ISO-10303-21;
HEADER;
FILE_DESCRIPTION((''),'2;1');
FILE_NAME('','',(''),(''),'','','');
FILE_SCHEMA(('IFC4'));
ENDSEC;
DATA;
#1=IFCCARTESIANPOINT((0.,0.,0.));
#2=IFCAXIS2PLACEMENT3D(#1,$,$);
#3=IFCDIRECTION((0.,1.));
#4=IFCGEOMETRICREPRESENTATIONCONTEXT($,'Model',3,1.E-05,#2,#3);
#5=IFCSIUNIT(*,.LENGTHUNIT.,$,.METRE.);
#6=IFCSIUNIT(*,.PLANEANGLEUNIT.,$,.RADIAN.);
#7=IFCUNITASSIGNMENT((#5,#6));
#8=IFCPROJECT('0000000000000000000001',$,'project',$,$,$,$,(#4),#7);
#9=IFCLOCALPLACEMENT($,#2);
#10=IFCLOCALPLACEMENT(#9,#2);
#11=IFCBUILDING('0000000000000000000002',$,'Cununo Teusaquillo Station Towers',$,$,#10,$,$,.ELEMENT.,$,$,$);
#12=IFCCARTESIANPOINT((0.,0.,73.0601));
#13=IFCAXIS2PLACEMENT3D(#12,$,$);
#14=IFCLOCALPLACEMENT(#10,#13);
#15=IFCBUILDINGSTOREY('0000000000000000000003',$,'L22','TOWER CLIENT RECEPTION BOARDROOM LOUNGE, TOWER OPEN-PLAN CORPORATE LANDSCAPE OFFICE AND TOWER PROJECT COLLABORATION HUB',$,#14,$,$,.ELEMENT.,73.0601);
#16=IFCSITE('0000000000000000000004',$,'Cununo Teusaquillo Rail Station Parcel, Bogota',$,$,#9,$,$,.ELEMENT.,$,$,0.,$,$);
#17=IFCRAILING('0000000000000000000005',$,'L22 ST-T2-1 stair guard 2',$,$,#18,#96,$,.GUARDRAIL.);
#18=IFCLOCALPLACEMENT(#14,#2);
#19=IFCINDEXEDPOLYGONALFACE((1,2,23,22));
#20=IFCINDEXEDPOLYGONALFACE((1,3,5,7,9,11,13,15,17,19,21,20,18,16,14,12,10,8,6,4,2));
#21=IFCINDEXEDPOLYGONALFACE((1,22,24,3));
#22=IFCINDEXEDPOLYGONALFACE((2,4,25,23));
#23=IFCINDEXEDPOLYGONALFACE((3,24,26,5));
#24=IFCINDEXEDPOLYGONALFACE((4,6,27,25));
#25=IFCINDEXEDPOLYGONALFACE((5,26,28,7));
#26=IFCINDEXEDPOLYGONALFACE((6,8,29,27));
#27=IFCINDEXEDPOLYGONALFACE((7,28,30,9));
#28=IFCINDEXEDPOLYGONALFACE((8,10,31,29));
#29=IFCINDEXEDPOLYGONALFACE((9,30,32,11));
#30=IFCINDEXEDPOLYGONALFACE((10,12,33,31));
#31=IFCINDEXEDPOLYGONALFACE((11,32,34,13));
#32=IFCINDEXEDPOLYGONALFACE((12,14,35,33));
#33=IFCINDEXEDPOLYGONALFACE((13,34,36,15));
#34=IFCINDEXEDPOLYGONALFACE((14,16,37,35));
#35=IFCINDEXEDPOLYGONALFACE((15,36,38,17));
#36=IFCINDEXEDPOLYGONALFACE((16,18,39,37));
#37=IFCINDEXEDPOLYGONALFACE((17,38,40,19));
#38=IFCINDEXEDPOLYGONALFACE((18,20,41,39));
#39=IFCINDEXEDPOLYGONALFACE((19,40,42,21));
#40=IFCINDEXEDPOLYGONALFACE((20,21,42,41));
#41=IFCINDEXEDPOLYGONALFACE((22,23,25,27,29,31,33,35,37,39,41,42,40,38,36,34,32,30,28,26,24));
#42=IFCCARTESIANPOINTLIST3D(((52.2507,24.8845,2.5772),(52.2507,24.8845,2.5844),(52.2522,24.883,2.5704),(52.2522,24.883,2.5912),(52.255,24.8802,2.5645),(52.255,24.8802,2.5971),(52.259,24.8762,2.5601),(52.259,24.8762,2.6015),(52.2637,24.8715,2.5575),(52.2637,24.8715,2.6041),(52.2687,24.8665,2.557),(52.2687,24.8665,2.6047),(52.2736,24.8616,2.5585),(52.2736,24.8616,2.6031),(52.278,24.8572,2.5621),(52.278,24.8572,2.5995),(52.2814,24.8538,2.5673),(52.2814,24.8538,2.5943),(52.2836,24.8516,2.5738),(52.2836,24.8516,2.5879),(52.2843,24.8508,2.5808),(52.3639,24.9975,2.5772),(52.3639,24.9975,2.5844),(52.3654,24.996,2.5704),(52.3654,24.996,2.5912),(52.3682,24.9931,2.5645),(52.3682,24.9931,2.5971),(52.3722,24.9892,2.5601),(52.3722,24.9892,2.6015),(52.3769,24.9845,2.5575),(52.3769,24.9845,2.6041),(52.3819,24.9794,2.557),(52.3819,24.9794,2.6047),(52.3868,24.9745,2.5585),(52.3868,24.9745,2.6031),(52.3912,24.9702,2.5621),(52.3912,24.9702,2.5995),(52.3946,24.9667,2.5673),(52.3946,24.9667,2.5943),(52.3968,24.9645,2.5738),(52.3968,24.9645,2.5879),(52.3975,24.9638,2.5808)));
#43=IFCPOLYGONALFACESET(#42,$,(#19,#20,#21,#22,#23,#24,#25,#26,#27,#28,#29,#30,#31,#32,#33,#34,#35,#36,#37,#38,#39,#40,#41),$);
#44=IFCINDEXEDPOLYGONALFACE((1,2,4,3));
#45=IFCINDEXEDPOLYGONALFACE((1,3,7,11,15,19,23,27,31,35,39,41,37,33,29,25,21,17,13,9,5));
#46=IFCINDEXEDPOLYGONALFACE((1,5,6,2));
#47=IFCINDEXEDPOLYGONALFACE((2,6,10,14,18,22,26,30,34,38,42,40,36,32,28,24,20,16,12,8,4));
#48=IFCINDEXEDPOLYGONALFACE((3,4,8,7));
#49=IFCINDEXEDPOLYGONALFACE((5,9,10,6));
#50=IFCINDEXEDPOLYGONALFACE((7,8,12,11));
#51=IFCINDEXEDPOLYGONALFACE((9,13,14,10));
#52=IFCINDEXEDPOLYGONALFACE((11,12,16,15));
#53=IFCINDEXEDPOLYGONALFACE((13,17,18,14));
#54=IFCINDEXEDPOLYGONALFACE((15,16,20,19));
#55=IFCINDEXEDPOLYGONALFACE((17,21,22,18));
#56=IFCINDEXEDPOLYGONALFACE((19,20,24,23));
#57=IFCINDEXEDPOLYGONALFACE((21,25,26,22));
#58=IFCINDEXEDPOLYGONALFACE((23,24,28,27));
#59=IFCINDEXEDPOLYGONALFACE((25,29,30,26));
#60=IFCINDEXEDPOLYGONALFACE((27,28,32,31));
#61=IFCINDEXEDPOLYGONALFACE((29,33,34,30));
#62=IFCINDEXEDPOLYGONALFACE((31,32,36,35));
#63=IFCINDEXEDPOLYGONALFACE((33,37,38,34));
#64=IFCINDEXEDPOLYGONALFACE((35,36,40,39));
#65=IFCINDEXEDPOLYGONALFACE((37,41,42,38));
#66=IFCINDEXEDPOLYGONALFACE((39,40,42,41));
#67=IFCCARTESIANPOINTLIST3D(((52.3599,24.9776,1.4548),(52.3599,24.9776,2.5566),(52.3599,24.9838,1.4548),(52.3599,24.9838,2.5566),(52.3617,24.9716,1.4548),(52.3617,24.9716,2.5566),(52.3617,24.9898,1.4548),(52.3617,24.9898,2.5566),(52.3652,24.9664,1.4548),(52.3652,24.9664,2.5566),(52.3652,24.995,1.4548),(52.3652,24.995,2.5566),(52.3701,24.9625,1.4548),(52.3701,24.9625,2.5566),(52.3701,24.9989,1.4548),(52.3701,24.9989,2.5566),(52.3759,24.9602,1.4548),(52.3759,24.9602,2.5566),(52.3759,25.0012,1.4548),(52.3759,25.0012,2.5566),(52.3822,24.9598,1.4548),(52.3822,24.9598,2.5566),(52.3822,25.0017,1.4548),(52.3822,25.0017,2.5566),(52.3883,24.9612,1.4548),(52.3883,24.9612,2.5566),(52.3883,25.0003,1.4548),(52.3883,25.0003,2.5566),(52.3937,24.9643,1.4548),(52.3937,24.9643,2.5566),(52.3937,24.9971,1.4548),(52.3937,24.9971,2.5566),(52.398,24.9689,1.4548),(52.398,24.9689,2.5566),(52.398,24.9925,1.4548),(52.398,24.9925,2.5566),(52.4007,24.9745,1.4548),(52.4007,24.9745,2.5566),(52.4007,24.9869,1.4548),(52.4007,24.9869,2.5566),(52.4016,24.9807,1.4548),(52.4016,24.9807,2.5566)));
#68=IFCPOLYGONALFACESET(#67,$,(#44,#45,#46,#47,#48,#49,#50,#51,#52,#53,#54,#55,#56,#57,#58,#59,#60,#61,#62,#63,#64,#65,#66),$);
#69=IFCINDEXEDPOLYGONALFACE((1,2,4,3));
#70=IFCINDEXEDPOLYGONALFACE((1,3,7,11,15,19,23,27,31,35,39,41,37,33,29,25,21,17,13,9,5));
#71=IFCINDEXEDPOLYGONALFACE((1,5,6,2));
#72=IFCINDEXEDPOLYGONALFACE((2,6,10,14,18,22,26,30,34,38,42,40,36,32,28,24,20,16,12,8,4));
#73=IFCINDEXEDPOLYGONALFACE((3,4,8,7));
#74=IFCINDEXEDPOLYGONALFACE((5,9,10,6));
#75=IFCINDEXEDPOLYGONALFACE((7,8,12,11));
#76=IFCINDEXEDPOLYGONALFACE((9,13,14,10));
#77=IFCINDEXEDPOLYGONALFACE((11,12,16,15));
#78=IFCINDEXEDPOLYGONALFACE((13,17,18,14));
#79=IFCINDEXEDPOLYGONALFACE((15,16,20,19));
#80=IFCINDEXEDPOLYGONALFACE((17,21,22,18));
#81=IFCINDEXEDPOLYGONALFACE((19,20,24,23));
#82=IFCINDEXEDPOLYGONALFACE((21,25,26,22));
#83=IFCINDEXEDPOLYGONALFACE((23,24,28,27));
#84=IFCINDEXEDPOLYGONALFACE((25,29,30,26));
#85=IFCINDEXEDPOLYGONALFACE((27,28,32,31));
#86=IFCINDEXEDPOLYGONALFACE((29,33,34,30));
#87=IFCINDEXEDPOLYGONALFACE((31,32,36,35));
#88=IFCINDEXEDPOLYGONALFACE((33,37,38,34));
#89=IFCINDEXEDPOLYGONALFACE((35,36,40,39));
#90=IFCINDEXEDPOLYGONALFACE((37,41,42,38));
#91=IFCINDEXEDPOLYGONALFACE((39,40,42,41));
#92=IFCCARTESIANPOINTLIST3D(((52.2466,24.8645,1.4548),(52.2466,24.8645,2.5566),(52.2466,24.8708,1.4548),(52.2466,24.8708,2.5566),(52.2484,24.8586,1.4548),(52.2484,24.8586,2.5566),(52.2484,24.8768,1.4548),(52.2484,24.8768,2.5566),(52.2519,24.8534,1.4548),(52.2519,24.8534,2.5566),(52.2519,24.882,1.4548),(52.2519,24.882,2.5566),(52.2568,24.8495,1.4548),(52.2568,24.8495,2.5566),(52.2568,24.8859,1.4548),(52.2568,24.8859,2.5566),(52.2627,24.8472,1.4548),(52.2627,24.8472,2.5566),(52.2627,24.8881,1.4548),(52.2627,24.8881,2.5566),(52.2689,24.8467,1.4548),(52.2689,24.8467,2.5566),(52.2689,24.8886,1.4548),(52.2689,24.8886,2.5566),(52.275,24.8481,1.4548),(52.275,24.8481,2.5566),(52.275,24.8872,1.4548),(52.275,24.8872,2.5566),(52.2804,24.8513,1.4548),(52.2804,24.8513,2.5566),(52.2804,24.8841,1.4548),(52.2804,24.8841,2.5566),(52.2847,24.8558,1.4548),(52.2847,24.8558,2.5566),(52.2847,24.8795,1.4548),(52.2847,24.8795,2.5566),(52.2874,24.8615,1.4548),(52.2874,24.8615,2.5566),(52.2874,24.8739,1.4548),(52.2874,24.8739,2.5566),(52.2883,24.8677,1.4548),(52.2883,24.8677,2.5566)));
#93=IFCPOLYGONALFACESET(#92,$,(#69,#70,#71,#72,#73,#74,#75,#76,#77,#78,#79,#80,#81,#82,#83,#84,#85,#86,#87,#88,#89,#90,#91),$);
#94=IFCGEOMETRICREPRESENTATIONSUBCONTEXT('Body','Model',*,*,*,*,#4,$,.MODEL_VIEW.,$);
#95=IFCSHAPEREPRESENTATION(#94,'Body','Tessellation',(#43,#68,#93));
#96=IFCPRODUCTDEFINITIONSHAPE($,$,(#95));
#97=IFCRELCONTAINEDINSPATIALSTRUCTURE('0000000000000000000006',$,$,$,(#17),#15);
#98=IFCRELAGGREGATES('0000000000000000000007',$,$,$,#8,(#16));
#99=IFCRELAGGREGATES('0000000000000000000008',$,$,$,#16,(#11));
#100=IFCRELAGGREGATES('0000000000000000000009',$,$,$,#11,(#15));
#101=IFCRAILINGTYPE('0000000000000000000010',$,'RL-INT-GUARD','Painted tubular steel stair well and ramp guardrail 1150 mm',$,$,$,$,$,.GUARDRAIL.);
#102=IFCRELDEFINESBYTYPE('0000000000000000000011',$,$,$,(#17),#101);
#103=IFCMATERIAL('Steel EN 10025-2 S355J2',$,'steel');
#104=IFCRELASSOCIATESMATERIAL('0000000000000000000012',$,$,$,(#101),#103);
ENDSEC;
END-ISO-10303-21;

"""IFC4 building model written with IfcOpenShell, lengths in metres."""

from ifc_helpers import new_model, si_unit, direction, frame, origin, origin_2d, place, context, subcontext, project, spatial, circle, extrude, material, type_object, element, save


model = new_model("IFC4")

# Units and contexts
model_context = context("Model", 3, precision=1e-05, world=origin(), true_north=direction((0.0, 1.0)))
body_context = subcontext(model_context, "Body", "Model", "MODEL_VIEW")
ifc_project = project(units=[si_unit("LENGTHUNIT", "METRE"), si_unit("PLANEANGLEUNIT", "RADIAN")], contexts=[model_context])

# Site, building, storey
site_placement = place(None, origin())
site = spatial("IfcSite", under=ifc_project, at=site_placement, Name="Cununo Teusaquillo Rail Station Parcel, Bogota", CompositionType="ELEMENT", RefElevation=0.0)
building_placement = place(site_placement, origin())
building = spatial("IfcBuilding", under=site, at=building_placement, Name="Cununo Teusaquillo Station Towers", CompositionType="ELEMENT")
storey_placement = place(building_placement, frame((0.0, 0.0, 73.0601)))
storey = spatial("IfcBuildingStorey", under=building, at=storey_placement, Name="L22", Description="TOWER CLIENT RECEPTION BOARDROOM LOUNGE, TOWER OPEN-PLAN CORPORATE LANDSCAPE OFFICE AND TOWER PROJECT COLLABORATION HUB", CompositionType="ELEMENT", Elevation=73.0601)

# Railing
ifc_material_1 = material(Name="Steel EN 10025-2 S355J2", Category="steel")
railing_type_1 = type_object("IfcRailingType", Name="RL-INT-GUARD", Description="Painted tubular steel stair well and ramp guardrail 1150 mm", PredefinedType="GUARDRAIL", material=ifc_material_1)
railing_1_placement = place(storey_placement, frame((52.3806, 24.9807, 1.4548)))
element("IfcRailing", 1, at=railing_1_placement, inside=storey, type_object=railing_type_1, Name="L22 ST-T2-1 stair guard 2", PredefinedType="GUARDRAIL", context=body_context, shape_type="SweptSolid", body=[
    extrude(circle(Radius=0.0239, at=origin_2d()), frame((0.0, 0.0, 1.126), z_axis=(-0.707869, -0.706344, 0.0), x_axis=(0.706344, -0.707869, 0.0)), (0.0, 0.0, 1.0), 0.1599),
    extrude(circle(Radius=0.021, at=origin_2d()), origin(), (0.0, 0.0, 1.0), 1.1018),
    extrude(circle(Radius=0.021, at=origin_2d()), frame((-0.1133, -0.113, 0.0)), (0.0, 0.0, 1.0), 1.1018),
])

save(model, "model.ifc")
